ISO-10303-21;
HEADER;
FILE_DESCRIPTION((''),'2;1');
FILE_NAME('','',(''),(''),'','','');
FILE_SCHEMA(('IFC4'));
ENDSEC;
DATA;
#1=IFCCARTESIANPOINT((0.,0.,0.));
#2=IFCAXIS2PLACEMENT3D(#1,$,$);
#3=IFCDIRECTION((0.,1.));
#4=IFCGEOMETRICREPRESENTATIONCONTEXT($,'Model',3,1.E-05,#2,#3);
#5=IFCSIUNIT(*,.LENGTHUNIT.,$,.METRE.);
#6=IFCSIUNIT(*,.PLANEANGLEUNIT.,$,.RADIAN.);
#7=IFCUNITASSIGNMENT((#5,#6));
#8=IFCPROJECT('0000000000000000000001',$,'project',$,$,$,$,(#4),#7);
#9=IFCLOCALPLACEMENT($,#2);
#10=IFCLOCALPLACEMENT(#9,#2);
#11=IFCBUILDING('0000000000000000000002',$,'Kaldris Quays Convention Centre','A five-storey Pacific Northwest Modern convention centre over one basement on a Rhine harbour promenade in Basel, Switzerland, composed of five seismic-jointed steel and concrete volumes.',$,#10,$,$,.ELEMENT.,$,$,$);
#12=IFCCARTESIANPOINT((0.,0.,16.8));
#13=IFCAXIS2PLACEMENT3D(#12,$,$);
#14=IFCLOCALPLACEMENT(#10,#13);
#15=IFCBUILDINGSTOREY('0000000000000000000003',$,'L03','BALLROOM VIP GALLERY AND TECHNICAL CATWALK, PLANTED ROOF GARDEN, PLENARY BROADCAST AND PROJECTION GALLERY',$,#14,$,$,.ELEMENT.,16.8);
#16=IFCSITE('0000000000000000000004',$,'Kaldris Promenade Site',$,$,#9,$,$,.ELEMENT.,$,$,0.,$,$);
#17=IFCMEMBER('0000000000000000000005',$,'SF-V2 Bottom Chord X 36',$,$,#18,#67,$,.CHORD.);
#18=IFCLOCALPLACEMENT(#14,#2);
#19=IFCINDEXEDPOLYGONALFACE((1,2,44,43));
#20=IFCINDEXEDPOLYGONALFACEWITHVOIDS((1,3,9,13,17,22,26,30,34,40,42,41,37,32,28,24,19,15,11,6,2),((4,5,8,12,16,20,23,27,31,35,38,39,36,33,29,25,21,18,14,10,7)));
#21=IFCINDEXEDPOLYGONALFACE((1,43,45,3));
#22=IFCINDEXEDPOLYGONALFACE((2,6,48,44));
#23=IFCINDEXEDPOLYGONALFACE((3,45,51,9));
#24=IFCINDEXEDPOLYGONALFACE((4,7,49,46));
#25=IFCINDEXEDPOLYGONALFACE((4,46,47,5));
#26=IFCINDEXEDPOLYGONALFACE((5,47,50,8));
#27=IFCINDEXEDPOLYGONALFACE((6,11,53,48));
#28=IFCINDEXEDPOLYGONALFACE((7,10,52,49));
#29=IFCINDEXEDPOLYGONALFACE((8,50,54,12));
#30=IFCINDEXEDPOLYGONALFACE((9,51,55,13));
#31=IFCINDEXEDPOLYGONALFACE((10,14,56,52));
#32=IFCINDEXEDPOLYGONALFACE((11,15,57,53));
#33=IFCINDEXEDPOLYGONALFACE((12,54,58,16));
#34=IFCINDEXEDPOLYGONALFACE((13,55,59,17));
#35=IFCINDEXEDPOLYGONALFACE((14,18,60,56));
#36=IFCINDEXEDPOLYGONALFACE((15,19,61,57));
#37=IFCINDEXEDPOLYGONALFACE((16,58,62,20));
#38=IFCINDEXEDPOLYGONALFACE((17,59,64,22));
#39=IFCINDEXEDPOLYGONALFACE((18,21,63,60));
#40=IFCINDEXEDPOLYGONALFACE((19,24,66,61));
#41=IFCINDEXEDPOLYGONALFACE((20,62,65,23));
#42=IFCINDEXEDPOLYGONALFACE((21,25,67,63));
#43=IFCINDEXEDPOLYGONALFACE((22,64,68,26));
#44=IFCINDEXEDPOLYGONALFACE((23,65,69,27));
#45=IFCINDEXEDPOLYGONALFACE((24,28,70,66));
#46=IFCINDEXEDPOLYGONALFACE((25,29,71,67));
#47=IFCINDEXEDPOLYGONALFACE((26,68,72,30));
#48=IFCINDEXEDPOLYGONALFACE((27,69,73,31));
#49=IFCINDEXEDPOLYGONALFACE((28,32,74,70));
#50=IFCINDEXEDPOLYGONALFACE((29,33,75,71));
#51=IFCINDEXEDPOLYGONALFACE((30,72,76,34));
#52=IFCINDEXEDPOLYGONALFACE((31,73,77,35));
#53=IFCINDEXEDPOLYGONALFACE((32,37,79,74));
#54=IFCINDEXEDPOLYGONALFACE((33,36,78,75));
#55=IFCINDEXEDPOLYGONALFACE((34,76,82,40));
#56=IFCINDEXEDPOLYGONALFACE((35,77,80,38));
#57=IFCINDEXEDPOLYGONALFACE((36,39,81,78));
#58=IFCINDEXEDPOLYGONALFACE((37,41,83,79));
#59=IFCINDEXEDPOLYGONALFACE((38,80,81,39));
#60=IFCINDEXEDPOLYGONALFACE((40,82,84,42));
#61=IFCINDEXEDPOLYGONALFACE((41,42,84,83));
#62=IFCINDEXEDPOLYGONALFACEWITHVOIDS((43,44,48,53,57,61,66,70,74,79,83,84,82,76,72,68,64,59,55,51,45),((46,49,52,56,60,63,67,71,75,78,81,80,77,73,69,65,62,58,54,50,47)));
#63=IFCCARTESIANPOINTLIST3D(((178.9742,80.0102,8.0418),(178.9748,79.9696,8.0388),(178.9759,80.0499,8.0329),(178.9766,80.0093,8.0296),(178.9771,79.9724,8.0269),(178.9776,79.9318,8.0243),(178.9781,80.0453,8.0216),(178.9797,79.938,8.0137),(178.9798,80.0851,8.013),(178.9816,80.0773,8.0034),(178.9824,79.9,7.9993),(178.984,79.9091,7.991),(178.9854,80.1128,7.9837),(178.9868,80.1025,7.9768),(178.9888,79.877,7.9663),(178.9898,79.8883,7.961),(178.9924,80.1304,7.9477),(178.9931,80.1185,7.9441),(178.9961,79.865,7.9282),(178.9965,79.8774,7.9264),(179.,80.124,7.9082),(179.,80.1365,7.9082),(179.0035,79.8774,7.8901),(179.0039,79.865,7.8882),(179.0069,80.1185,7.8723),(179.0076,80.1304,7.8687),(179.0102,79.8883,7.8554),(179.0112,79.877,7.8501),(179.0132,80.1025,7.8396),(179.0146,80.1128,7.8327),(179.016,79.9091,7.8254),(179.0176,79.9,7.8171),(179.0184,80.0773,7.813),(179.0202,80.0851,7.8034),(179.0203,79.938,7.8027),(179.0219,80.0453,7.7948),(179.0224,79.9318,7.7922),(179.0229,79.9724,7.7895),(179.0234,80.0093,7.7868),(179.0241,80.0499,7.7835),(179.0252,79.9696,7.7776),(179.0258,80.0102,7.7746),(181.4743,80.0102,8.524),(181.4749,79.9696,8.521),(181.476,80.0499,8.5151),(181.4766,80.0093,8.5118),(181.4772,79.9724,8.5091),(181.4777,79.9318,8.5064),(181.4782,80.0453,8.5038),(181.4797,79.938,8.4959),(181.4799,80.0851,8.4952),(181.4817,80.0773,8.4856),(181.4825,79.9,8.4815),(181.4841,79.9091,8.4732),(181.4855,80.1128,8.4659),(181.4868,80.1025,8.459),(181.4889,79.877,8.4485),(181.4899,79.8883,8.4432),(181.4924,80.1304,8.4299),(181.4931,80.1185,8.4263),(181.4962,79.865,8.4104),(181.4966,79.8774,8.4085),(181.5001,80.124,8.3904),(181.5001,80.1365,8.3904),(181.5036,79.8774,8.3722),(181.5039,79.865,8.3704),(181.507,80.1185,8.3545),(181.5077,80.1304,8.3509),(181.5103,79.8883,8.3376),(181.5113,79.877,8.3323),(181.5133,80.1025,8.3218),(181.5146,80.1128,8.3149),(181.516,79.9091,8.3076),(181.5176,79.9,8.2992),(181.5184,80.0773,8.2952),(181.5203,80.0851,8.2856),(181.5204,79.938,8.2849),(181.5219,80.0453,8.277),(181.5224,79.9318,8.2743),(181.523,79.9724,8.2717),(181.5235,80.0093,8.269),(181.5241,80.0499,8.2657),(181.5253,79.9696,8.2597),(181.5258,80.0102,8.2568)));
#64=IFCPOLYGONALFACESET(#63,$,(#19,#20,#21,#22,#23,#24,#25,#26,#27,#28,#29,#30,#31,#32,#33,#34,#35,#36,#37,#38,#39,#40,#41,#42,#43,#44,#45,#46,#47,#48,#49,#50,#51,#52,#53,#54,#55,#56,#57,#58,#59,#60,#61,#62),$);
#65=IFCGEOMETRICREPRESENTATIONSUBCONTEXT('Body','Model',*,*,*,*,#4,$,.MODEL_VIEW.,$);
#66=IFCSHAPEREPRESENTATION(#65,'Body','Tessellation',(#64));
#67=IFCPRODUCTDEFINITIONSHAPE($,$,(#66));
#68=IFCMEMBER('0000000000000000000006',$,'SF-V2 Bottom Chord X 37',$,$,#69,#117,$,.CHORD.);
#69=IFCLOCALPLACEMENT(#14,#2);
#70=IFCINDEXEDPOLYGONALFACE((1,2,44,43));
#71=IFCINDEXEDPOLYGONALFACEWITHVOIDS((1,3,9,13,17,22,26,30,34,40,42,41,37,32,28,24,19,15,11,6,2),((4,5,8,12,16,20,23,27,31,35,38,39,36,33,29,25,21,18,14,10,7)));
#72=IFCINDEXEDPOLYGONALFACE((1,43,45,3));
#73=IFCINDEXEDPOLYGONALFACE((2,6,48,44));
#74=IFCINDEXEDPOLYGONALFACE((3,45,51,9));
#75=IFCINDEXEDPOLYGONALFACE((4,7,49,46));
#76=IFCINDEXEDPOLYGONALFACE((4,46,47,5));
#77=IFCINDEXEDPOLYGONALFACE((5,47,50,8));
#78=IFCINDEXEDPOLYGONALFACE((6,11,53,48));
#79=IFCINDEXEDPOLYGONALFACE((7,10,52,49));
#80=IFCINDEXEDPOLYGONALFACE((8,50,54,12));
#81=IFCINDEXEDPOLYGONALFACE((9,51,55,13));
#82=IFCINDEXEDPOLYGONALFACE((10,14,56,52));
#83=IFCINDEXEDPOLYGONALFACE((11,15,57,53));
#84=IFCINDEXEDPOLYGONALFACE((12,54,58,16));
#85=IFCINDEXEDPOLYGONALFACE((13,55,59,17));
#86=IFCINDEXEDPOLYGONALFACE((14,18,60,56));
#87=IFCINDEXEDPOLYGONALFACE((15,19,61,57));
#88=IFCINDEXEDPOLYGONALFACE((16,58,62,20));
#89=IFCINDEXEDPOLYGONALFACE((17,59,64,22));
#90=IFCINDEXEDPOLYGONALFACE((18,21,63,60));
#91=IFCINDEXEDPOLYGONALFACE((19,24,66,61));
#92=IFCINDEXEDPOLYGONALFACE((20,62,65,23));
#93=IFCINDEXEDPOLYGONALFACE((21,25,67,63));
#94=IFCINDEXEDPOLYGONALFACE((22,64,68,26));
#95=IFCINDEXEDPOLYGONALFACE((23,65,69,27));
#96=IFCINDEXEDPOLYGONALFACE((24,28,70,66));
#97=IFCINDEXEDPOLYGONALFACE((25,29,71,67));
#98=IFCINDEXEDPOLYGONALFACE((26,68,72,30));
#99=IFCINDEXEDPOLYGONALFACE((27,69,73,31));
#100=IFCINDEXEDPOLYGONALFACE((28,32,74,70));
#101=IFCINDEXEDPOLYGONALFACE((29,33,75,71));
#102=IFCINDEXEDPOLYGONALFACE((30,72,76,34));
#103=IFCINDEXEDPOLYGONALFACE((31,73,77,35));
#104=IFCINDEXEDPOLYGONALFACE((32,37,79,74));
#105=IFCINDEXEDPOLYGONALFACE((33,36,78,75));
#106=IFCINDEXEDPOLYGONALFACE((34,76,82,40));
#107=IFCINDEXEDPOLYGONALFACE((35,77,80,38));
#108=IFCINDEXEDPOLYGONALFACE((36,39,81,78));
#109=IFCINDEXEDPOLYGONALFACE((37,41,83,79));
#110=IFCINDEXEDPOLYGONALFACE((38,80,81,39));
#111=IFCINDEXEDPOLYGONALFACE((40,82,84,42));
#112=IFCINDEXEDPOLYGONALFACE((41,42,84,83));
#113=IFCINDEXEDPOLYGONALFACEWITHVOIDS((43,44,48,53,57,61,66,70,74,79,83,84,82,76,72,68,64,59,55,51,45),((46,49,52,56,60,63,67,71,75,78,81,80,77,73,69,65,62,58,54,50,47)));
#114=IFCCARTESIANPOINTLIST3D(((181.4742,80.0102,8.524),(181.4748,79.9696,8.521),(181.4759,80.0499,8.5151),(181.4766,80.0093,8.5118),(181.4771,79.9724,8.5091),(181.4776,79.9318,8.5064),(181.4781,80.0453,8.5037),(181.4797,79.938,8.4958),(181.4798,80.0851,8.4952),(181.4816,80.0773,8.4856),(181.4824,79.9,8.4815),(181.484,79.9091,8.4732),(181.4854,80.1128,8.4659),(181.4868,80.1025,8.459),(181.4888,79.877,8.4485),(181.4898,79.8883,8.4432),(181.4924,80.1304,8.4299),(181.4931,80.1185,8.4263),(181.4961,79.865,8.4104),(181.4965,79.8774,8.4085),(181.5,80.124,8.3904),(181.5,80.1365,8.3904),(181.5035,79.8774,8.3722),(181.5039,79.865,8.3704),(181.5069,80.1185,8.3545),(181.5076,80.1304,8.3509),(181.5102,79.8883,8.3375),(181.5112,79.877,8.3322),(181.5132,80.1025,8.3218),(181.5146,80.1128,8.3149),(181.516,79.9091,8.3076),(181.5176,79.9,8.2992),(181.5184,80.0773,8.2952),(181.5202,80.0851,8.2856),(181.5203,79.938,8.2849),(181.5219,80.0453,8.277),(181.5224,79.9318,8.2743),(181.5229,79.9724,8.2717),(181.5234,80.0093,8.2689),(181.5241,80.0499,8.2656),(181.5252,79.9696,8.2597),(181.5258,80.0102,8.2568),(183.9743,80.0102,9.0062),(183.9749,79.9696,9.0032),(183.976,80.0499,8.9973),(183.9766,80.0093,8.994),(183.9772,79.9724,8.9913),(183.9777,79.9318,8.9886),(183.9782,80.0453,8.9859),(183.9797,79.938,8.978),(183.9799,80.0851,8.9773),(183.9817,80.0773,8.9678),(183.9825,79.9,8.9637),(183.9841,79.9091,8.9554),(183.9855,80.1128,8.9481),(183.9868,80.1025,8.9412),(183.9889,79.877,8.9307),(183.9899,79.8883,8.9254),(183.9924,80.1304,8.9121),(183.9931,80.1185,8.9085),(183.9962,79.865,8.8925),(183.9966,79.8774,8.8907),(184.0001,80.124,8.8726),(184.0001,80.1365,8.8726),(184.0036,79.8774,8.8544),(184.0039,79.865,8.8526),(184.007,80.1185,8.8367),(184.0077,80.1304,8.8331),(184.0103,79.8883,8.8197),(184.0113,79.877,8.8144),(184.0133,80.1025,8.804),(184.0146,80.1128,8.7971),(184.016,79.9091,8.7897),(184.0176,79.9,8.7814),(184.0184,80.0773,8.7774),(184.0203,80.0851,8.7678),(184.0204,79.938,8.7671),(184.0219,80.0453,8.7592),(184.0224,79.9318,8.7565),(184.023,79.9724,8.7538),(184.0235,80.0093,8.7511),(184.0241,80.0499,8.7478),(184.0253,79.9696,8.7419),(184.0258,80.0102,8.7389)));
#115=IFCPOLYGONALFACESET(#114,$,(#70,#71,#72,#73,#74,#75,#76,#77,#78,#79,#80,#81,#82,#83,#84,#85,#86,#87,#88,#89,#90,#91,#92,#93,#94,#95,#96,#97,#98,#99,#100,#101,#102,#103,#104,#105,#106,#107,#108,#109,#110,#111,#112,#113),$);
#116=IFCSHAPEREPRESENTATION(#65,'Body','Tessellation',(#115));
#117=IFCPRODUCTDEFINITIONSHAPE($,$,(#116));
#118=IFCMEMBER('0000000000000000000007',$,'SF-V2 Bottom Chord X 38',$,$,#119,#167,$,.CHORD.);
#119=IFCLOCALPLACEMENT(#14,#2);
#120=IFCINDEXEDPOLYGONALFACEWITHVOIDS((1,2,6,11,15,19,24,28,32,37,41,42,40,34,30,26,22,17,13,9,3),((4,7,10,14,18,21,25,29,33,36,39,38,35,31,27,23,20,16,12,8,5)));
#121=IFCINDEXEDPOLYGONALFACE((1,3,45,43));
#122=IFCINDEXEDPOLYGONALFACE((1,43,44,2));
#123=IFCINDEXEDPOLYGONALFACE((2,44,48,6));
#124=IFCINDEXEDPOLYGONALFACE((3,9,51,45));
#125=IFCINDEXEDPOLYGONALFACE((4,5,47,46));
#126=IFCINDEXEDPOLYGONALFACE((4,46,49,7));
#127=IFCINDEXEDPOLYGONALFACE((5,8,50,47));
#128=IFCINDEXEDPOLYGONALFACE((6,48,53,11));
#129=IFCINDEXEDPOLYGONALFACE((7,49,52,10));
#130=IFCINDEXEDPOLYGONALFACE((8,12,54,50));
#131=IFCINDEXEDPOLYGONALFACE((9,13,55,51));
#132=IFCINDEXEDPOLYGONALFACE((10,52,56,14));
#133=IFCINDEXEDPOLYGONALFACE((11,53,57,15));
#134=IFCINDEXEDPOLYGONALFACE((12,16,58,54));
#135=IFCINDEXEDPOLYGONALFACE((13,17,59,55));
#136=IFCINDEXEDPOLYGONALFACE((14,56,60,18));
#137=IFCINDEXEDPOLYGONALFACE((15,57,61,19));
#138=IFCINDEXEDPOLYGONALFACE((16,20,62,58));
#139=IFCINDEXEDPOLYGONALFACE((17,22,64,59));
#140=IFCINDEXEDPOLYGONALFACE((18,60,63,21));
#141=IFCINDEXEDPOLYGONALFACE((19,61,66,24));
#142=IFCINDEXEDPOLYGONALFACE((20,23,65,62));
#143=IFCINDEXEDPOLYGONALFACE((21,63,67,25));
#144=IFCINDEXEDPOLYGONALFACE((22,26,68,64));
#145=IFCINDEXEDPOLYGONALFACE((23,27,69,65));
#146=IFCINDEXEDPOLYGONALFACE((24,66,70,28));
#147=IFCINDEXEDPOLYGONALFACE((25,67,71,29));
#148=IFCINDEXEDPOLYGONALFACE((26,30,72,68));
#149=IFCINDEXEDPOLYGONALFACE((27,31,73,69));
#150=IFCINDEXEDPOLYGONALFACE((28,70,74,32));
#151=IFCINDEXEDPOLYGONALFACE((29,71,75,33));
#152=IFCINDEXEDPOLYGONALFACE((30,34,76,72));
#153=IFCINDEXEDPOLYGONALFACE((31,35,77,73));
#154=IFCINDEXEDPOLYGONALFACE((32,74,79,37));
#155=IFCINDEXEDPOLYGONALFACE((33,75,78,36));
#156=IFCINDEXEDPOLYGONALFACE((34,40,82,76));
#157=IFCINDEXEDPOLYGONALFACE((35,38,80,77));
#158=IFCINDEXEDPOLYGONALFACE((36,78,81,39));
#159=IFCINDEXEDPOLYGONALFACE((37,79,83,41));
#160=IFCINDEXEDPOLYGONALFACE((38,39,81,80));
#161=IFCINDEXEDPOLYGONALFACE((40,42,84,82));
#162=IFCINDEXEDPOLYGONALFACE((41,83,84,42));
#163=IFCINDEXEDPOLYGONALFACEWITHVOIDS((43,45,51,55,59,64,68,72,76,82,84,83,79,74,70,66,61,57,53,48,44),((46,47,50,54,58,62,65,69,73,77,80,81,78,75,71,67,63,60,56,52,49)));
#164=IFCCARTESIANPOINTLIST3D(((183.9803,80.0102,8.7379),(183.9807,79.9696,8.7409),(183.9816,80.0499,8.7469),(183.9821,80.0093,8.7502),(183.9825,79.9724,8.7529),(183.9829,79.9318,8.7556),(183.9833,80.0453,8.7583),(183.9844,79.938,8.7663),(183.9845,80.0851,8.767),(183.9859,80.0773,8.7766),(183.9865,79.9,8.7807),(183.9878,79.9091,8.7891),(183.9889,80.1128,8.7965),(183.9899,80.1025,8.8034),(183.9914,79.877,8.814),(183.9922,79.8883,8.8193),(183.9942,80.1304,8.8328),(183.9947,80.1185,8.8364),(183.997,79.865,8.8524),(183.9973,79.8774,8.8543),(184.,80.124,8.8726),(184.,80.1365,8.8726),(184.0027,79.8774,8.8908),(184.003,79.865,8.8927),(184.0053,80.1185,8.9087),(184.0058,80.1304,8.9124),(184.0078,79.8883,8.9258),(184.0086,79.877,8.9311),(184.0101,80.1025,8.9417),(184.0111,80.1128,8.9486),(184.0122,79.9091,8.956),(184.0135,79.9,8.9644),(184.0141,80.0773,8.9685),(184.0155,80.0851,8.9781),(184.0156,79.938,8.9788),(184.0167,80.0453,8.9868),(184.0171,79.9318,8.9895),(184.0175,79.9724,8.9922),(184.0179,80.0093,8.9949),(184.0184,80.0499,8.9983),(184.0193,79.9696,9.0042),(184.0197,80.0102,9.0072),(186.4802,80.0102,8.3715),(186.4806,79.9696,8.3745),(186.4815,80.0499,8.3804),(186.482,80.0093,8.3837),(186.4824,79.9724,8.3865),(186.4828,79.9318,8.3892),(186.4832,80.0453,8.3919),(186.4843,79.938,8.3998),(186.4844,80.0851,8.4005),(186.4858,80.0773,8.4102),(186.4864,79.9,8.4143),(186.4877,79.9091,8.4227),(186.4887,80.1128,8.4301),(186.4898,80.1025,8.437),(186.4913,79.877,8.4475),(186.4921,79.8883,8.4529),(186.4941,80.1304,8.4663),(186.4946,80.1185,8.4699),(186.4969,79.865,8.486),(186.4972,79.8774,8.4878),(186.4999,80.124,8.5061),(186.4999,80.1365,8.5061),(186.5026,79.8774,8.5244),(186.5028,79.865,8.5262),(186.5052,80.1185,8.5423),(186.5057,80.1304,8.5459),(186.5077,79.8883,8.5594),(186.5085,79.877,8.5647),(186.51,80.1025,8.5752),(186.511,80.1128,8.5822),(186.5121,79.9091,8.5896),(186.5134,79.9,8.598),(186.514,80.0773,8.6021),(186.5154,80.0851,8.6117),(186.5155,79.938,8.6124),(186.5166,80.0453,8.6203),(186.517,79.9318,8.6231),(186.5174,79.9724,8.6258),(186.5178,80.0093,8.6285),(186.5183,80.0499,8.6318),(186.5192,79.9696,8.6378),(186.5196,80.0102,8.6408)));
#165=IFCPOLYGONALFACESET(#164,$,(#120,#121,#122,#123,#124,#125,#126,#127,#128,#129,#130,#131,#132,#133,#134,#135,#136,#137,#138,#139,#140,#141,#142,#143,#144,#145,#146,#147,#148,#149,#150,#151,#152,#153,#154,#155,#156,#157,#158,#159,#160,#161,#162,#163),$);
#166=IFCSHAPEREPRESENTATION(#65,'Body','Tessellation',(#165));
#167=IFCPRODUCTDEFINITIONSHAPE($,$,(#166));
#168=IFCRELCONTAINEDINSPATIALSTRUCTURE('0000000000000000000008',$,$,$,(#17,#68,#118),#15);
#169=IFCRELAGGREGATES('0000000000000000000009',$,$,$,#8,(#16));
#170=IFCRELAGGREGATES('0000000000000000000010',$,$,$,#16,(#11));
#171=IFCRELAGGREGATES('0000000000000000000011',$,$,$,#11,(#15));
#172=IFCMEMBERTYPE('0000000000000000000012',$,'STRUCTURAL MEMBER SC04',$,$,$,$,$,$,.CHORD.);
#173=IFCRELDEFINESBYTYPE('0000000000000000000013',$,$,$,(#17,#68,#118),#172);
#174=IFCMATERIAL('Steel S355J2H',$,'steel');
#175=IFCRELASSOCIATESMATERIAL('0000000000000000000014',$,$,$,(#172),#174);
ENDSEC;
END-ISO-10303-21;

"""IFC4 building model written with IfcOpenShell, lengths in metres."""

from ifc_helpers import new_model, si_unit, direction, frame, origin, origin_2d, place, context, subcontext, project, spatial, hollow_circle, extrude, material, material_profile, profile_set, type_object, element, save


model = new_model("IFC4")

# Units and contexts
model_context = context("Model", 3, precision=1e-05, world=origin(), true_north=direction((0.0, 1.0)))
body_context = subcontext(model_context, "Body", "Model", "MODEL_VIEW")
ifc_project = project(units=[si_unit("LENGTHUNIT", "METRE"), si_unit("PLANEANGLEUNIT", "RADIAN")], contexts=[model_context])

# Site, building, storey
site_placement = place(None, origin())
site = spatial("IfcSite", under=ifc_project, at=site_placement, Name="Kaldris Promenade Site", CompositionType="ELEMENT", RefElevation=0.0)
building_placement = place(site_placement, origin())
building = spatial("IfcBuilding", under=site, at=building_placement, Name="Kaldris Quays Convention Centre", Description="A five-storey Pacific Northwest Modern convention centre over one basement on a Rhine harbour promenade in Basel, Switzerland, composed of five seismic-jointed steel and concrete volumes.", CompositionType="ELEMENT")
storey_placement = place(building_placement, frame((0.0, 0.0, 16.8)))
storey = spatial("IfcBuildingStorey", under=building, at=storey_placement, Name="L03", Description="BALLROOM VIP GALLERY AND TECHNICAL CATWALK, PLANTED ROOF GARDEN, PLENARY BROADCAST AND PROJECTION GALLERY", CompositionType="ELEMENT", Elevation=16.8)

# Members
ifc_material_1 = material(Name="Steel S355J2H", Category="steel")
ifc_material_profile_1 = material_profile(ifc_material_1, hollow_circle(Radius=0.1365, WallThickness=0.0125, at=origin_2d()), Name="CHS 273x12.5")
ifc_profile_set_1 = profile_set([ifc_material_profile_1], Name="Steel S355J2H")
member_type_1 = type_object("IfcMemberType", Name="STRUCTURAL MEMBER SC04", PredefinedType="CHORD", material=ifc_profile_set_1)
for number, where, z_axis, x_axis, name in (
    (1, (179.0, 80.0, 7.9082), (0.981904, 0.0, 0.189381), (0.0, 1.0, 0.0), "SF-V2 Bottom Chord X 36"),
    (2, (181.5, 80.0, 8.3904), (0.981904, 0.0, 0.189381), (0.0, 1.0, 0.0), "SF-V2 Bottom Chord X 37"),
):
    element("IfcMember", number, at=place(storey_placement, frame(where, z_axis=z_axis, x_axis=x_axis)), inside=storey, type_object=member_type_1, Name=name, PredefinedType="CHORD", context=body_context, shape_type="SweptSolid", body=[
        extrude(hollow_circle(Radius=0.1365, WallThickness=0.0125, at=origin_2d()), origin(), (0.0, 0.0, 1.0), 2.5461),
    ])
member_1_placement = place(storey_placement, frame((184.0, 80.0, 8.8726), z_axis=(0.989427, 0.0, -0.145032), x_axis=(0.0, 1.0, 0.0)))
element("IfcMember", 3, at=member_1_placement, inside=storey, type_object=member_type_1, Name="SF-V2 Bottom Chord X 38", PredefinedType="CHORD", context=body_context, shape_type="SweptSolid", body=[
    extrude(hollow_circle(Radius=0.1365, WallThickness=0.0125, at=origin_2d()), origin(), (0.0, 0.0, 1.0), 2.5266),
])

save(model, "model.ifc")
